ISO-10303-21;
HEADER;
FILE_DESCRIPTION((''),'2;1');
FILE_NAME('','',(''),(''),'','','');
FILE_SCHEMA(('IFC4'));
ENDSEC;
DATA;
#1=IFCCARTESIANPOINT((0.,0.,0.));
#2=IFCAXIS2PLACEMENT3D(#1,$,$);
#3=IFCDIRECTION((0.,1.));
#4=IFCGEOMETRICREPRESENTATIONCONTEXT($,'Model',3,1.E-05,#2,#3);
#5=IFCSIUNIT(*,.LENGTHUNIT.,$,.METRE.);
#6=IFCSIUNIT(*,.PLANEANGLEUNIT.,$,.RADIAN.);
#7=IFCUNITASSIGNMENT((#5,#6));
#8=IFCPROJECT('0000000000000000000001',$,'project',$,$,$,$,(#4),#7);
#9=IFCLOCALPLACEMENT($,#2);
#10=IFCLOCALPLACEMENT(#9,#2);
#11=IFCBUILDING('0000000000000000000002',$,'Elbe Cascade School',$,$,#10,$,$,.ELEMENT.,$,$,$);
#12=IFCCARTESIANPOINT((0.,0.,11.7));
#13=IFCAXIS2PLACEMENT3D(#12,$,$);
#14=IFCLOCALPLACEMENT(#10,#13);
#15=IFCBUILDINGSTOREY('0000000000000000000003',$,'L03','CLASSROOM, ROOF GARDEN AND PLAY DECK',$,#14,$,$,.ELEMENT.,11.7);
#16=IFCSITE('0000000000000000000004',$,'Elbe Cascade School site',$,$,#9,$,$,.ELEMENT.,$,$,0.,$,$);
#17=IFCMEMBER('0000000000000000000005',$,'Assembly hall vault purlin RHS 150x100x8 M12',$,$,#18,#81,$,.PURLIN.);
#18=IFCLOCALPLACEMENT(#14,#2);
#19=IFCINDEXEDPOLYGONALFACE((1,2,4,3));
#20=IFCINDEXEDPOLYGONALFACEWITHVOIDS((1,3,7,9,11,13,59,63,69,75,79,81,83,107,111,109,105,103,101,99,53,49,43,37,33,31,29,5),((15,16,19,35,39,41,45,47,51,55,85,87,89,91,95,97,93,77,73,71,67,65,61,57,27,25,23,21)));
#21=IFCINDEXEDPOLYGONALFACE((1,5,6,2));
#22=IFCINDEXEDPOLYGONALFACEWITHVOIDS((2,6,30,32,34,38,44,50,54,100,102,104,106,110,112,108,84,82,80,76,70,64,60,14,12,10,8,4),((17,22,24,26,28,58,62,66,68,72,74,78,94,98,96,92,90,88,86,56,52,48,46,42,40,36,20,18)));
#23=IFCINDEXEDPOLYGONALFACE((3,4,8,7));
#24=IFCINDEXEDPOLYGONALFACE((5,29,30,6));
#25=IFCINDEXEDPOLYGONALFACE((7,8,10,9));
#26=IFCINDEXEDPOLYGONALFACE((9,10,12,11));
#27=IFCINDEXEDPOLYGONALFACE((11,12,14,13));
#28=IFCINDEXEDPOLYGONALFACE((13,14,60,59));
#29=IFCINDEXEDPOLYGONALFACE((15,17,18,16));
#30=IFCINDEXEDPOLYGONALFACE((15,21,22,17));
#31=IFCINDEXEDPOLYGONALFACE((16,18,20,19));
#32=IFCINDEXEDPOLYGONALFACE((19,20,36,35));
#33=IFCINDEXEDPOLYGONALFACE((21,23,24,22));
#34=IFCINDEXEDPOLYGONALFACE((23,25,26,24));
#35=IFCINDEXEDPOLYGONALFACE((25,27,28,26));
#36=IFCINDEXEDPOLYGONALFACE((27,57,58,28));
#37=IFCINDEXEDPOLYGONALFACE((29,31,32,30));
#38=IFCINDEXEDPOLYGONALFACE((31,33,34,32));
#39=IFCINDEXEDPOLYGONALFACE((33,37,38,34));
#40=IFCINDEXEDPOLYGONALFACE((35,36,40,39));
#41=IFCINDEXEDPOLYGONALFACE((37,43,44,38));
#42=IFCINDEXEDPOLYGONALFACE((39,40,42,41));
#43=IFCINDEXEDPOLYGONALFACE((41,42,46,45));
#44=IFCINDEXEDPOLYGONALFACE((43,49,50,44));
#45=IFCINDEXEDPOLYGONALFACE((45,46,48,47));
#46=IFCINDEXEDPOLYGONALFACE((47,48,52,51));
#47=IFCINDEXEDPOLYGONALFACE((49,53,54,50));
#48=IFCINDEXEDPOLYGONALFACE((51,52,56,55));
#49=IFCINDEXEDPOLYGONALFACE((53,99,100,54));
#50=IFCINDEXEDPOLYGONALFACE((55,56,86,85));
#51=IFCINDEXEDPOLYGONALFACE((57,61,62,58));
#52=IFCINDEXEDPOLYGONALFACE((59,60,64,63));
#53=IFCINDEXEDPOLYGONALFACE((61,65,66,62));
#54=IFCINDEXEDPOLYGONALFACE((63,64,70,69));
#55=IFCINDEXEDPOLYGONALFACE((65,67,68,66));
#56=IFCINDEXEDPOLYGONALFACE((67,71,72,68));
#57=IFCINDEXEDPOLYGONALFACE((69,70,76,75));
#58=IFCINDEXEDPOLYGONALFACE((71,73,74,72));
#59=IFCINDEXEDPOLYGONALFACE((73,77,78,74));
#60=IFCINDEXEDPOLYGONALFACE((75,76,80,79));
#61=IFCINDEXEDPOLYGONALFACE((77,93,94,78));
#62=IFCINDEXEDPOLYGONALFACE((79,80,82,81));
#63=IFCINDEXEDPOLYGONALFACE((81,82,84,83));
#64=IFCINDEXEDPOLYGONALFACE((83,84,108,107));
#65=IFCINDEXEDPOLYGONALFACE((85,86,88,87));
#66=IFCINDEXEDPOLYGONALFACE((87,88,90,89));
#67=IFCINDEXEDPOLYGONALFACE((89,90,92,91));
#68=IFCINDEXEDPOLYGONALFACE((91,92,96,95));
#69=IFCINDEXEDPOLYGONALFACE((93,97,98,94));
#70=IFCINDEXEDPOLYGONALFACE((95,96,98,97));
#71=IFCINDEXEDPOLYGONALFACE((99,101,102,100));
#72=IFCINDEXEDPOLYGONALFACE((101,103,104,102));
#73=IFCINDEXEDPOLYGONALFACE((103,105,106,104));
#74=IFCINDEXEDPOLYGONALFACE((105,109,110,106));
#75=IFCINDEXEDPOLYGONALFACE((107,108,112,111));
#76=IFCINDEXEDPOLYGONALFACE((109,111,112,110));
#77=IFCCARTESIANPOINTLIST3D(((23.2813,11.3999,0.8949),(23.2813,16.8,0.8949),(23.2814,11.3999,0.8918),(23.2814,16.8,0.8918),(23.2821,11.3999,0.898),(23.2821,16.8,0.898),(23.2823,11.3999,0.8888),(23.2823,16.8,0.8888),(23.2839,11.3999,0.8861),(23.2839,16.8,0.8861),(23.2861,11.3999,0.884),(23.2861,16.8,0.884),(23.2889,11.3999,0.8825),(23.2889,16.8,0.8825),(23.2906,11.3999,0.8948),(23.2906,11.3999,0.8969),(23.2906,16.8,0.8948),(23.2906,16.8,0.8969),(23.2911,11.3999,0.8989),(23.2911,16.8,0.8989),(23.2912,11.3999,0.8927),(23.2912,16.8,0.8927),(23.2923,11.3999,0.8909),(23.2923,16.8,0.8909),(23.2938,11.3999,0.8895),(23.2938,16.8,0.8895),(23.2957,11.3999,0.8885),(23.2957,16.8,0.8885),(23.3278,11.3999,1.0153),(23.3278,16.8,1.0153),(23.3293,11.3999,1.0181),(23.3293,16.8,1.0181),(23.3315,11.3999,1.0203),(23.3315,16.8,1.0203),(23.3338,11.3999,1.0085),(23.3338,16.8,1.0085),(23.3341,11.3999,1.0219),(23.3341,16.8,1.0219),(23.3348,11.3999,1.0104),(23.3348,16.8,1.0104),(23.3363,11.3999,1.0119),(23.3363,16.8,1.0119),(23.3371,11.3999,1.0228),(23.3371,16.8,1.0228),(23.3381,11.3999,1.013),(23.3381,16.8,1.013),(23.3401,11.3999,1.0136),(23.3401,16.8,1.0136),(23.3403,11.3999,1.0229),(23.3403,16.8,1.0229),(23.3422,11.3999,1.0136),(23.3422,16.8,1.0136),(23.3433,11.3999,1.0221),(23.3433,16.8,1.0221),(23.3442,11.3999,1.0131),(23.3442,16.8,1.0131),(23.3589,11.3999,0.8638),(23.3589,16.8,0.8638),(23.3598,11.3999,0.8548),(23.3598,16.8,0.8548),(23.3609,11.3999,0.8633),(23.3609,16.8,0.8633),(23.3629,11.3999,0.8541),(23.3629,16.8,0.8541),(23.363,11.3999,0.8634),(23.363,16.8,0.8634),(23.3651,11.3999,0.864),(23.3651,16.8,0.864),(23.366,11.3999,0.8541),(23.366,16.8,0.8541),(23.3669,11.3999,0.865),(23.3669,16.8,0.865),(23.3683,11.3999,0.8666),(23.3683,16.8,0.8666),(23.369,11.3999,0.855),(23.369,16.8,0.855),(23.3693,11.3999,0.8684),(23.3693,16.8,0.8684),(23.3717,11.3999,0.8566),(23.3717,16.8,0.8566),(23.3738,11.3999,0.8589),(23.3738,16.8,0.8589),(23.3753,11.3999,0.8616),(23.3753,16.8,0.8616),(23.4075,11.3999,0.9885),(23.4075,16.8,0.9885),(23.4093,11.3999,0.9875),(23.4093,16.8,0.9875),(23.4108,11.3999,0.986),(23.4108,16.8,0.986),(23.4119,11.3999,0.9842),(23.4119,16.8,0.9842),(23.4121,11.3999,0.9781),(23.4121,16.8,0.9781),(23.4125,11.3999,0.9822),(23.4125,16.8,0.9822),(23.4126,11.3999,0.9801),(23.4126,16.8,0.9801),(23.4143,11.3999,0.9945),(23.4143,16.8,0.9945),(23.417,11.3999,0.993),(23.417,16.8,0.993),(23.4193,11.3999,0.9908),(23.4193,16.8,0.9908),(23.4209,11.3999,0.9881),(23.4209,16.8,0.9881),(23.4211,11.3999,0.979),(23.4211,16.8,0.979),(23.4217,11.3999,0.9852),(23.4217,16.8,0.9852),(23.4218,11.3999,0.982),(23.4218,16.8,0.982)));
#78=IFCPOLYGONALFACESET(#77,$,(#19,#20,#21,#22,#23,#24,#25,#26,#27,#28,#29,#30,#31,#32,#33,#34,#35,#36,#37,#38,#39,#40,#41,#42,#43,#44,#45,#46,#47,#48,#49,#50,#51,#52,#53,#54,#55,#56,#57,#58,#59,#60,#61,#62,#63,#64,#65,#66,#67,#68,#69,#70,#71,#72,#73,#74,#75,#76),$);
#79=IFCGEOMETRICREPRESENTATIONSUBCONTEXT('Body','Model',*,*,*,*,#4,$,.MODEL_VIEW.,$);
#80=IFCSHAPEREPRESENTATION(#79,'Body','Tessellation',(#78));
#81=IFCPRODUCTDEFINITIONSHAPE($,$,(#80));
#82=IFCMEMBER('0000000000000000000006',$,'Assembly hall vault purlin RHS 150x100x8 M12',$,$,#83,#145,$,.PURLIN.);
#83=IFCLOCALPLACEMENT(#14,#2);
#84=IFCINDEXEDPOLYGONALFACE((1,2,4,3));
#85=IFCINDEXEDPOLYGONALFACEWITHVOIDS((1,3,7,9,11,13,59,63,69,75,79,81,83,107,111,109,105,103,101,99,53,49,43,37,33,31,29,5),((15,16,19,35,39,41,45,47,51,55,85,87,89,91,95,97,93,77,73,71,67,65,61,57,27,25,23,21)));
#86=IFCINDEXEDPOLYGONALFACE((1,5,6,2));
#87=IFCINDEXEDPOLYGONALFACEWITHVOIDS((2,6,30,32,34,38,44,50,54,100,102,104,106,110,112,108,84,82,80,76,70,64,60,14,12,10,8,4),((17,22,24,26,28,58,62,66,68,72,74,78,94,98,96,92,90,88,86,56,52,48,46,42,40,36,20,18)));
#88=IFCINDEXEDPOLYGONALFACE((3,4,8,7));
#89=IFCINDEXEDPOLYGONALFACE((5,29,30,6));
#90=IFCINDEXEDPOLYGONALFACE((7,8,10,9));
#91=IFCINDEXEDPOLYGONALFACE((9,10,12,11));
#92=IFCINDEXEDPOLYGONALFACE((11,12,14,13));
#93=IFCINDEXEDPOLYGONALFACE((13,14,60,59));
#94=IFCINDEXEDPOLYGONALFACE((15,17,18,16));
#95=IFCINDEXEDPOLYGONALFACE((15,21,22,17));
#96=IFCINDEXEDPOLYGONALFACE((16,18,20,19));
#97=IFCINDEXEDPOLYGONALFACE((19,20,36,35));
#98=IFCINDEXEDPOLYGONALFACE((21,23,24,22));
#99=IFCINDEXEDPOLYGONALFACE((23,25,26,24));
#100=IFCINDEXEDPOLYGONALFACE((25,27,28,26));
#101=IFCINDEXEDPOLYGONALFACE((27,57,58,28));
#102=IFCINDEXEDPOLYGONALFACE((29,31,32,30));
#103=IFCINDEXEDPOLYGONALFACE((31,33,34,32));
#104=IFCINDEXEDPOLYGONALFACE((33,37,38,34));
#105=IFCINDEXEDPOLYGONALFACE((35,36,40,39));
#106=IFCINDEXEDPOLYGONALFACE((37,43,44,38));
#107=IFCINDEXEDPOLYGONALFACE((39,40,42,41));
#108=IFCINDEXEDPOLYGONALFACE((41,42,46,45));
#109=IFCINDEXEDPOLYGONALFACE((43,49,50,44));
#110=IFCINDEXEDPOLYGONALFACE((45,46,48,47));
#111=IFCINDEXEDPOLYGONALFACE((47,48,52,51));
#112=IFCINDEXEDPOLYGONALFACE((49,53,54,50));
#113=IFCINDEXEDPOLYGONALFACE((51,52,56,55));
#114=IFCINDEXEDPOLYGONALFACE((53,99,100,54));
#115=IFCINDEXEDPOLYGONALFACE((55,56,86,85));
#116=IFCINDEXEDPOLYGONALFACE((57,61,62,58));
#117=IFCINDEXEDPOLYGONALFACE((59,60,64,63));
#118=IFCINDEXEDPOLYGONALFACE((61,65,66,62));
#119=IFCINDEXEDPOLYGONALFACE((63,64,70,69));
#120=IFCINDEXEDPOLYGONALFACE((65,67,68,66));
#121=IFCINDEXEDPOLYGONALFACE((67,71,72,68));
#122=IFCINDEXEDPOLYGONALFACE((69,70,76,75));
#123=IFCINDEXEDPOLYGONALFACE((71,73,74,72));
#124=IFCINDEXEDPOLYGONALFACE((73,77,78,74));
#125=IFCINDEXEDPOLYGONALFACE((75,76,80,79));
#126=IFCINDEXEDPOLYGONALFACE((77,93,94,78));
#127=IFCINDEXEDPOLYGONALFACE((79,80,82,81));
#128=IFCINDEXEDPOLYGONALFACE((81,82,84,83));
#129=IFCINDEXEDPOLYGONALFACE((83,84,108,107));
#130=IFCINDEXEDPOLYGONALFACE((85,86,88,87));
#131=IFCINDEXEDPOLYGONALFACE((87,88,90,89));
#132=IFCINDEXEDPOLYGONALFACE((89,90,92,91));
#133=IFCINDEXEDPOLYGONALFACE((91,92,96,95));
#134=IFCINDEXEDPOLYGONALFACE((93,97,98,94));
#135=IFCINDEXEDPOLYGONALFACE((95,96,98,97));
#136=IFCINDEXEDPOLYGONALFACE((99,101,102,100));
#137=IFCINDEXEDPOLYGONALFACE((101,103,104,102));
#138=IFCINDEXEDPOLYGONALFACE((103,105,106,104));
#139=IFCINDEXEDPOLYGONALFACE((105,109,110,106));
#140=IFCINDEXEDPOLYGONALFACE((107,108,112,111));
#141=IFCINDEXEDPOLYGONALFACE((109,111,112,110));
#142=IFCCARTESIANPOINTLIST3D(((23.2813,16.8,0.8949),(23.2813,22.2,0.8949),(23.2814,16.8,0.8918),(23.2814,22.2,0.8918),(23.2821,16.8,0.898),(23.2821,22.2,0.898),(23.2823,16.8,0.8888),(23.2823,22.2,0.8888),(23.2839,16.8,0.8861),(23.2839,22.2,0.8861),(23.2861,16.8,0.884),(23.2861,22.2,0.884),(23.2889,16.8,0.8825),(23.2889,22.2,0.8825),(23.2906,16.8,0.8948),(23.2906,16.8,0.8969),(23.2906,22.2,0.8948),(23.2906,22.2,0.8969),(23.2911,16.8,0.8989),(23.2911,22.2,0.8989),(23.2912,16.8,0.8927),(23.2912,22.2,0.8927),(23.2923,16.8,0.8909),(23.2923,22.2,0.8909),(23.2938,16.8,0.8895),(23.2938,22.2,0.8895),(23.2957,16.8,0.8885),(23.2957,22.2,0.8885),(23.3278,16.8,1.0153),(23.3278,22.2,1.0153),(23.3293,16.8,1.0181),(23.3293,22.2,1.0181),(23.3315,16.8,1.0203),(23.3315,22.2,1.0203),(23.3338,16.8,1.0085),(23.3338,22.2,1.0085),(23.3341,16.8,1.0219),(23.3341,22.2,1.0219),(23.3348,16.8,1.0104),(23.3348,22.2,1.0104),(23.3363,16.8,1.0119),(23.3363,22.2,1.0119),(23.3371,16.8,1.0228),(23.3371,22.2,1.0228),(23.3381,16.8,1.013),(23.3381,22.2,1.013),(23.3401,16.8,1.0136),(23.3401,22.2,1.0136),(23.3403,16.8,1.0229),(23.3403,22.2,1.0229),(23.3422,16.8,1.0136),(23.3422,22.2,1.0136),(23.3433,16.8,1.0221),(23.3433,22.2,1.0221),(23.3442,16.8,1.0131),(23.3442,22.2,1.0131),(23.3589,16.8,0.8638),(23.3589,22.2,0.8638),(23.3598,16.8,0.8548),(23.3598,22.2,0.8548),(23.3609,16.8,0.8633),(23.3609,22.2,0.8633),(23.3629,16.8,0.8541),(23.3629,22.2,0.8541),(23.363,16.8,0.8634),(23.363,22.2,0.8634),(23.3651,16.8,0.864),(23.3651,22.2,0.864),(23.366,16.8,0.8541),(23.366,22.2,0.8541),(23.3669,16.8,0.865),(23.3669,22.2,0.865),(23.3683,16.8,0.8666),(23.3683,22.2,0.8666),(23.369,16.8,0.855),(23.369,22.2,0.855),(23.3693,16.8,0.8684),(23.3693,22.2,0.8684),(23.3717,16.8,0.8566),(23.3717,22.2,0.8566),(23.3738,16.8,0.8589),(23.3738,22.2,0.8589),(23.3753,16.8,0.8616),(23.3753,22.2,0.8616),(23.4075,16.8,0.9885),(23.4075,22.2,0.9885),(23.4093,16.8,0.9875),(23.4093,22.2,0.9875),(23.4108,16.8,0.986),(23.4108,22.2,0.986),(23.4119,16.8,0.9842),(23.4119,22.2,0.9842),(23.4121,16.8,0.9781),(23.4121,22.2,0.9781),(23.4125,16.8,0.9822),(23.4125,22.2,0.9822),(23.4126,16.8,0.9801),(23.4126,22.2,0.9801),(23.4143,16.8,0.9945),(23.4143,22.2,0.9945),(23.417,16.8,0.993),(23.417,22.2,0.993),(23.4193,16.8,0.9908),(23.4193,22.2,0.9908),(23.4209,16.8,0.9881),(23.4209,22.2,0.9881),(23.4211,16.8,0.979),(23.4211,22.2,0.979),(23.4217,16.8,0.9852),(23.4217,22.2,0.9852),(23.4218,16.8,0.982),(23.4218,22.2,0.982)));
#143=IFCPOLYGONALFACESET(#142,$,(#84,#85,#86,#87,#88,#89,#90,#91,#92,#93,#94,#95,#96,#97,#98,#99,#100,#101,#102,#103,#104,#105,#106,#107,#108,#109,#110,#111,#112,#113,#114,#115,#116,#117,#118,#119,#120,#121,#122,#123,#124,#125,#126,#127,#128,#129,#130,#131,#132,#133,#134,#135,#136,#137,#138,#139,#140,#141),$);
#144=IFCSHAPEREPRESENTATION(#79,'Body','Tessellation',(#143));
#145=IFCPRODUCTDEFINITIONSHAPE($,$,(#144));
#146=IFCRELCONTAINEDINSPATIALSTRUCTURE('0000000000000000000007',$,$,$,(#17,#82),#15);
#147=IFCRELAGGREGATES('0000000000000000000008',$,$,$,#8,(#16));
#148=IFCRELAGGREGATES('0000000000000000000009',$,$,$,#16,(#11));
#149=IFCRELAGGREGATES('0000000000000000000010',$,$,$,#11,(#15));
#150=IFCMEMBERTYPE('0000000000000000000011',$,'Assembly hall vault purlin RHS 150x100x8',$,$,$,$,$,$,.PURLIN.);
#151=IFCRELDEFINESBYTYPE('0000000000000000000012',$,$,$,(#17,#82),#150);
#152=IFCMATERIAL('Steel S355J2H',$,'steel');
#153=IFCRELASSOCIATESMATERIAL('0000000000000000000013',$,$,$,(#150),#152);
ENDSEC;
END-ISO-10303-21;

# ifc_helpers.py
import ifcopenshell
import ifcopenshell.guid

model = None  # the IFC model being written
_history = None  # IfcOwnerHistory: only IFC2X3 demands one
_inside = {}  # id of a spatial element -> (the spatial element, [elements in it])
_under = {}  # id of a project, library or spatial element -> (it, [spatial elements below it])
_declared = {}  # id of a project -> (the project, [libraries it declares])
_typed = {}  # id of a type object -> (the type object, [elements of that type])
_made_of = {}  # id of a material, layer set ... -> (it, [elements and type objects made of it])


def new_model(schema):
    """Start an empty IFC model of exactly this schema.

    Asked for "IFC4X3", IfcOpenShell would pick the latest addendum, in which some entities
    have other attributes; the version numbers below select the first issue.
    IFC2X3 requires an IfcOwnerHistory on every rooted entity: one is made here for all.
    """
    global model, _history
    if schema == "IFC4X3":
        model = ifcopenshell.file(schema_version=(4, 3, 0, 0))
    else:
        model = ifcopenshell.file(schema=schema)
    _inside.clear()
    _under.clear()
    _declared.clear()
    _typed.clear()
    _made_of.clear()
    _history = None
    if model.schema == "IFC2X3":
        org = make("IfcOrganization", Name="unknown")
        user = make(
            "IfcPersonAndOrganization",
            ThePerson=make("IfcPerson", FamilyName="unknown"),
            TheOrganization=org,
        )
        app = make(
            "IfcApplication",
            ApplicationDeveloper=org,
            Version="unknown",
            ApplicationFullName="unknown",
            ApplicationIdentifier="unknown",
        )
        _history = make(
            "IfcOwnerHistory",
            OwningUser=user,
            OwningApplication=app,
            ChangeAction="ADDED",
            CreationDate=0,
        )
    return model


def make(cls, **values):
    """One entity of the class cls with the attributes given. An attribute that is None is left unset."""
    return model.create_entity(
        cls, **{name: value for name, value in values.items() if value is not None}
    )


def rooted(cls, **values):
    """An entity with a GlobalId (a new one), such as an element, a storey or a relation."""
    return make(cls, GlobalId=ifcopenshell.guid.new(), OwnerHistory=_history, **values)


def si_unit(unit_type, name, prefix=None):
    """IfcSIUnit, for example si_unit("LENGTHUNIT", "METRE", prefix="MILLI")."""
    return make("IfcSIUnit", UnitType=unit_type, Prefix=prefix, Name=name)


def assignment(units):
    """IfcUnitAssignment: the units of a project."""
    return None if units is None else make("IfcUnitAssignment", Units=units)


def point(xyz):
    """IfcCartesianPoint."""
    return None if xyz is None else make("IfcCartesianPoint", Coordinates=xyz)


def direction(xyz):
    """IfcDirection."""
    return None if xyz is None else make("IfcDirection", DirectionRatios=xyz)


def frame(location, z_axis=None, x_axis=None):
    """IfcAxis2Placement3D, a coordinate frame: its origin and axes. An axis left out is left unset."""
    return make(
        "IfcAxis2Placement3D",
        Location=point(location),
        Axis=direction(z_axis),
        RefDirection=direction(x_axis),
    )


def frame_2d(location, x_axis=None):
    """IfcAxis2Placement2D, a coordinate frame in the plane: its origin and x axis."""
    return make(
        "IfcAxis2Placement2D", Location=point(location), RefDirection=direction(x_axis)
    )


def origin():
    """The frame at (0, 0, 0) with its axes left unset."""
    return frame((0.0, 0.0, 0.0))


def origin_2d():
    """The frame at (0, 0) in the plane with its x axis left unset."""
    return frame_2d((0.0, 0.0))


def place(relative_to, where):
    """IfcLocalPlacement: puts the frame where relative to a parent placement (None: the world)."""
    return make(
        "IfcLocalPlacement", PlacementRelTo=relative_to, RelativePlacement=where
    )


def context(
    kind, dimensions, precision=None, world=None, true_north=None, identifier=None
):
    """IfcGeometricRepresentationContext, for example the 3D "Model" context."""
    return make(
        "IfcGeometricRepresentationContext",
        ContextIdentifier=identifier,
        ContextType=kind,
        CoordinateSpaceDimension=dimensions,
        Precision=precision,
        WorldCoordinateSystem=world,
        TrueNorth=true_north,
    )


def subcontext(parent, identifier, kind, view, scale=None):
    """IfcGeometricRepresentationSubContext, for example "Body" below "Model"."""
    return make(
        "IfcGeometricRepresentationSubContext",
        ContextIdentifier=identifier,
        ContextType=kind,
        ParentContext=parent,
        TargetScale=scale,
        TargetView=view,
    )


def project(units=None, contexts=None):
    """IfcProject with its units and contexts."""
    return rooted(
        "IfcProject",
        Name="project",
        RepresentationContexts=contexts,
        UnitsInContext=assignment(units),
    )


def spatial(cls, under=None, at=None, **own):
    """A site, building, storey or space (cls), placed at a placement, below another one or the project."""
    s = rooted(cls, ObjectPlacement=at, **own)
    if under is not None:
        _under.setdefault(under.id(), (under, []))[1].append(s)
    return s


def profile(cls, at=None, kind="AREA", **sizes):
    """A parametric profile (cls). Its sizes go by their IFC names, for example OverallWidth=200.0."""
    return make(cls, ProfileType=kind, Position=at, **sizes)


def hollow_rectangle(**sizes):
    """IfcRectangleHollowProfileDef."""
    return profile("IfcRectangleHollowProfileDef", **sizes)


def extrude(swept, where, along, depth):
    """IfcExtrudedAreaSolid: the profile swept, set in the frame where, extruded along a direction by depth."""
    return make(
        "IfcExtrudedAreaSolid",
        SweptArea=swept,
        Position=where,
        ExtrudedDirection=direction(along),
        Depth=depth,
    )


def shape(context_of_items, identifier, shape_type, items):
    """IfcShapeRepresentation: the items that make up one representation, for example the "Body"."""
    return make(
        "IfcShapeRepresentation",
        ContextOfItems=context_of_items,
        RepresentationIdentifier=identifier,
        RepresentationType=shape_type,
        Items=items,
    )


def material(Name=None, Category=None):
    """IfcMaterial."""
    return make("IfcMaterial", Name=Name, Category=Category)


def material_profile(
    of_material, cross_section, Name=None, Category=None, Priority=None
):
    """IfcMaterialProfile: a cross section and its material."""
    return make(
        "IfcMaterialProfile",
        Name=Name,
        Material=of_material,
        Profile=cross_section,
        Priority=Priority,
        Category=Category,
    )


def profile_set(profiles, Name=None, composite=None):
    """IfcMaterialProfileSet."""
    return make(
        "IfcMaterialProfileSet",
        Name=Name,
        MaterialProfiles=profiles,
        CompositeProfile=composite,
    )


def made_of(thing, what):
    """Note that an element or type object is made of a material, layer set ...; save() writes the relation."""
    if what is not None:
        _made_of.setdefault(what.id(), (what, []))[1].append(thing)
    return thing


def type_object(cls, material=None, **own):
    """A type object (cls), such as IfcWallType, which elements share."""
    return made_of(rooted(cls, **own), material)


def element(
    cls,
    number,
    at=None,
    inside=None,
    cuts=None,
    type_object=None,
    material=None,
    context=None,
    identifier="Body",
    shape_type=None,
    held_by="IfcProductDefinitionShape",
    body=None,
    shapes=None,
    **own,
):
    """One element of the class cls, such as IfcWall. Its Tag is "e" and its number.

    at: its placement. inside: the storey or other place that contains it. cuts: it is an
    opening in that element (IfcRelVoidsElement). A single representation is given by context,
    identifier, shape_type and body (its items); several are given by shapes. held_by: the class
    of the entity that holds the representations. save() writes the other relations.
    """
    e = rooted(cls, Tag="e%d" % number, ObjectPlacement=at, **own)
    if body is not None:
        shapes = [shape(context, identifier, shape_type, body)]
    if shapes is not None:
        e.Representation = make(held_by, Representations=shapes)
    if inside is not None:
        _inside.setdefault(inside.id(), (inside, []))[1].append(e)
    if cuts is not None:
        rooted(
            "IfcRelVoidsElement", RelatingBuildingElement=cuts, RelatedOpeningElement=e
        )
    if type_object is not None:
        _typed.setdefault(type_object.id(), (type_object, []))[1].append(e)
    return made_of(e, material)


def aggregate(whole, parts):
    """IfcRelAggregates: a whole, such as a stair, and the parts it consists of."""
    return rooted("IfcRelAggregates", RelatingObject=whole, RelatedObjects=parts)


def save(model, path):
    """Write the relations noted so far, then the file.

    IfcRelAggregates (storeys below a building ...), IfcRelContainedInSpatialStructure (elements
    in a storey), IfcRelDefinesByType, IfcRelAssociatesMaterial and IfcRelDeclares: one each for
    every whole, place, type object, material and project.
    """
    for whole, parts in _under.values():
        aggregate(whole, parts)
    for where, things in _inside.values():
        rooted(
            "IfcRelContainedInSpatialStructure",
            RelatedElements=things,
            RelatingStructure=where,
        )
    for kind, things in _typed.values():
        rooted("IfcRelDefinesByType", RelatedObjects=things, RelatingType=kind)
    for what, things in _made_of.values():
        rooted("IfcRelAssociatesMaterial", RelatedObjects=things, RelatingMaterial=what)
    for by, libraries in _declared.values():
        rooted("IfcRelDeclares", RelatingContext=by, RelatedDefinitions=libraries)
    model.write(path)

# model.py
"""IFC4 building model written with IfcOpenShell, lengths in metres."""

from ifc_helpers import new_model, si_unit, direction, frame, origin, origin_2d, place, context, subcontext, project, spatial, hollow_rectangle, extrude, material, material_profile, profile_set, type_object, element, save


model = new_model("IFC4")

# Units and contexts
model_context = context("Model", 3, precision=1e-05, world=origin(), true_north=direction((0.0, 1.0)))
body_context = subcontext(model_context, "Body", "Model", "MODEL_VIEW")
ifc_project = project(units=[si_unit("LENGTHUNIT", "METRE"), si_unit("PLANEANGLEUNIT", "RADIAN")], contexts=[model_context])

# Site, building, storey
site_placement = place(None, origin())
site = spatial("IfcSite", under=ifc_project, at=site_placement, Name="Elbe Cascade School site", CompositionType="ELEMENT", RefElevation=0.0)
building_placement = place(site_placement, origin())
building = spatial("IfcBuilding", under=site, at=building_placement, Name="Elbe Cascade School", CompositionType="ELEMENT")
storey_placement = place(building_placement, frame((0.0, 0.0, 11.7)))
storey = spatial("IfcBuildingStorey", under=building, at=storey_placement, Name="L03", Description="CLASSROOM, ROOF GARDEN AND PLAY DECK", CompositionType="ELEMENT", Elevation=11.7)

# Members
ifc_material_1 = material(Name="Steel S355J2H", Category="steel")
ifc_material_profile_1 = material_profile(ifc_material_1, hollow_rectangle(XDim=0.1001, YDim=0.1499, WallThickness=0.0081, InnerFilletRadius=0.0081, OuterFilletRadius=0.012, at=origin_2d()), Name="RHS 150x100x8")
ifc_profile_set_1 = profile_set([ifc_material_profile_1], Name="Steel S355J2H")
member_type_1 = type_object("IfcMemberType", Name="Assembly hall vault purlin RHS 150x100x8", PredefinedType="PURLIN", material=ifc_profile_set_1)
member_1_placement = place(storey_placement, frame((23.3516, 11.3999, 0.9385), z_axis=(0.0, 1.0, 0.0), x_axis=(-0.93176, 0.0, 0.363076)))
element("IfcMember", 1, at=member_1_placement, inside=storey, type_object=member_type_1, Name="Assembly hall vault purlin RHS 150x100x8 M12", PredefinedType="PURLIN", context=body_context, shape_type="SweptSolid", body=[
    extrude(hollow_rectangle(XDim=0.1001, YDim=0.1499, WallThickness=0.0081, InnerFilletRadius=0.0081, OuterFilletRadius=0.012, at=origin_2d()), origin(), (0.0, 0.0, 1.0), 5.4001),
])
member_2_placement = place(storey_placement, frame((23.3516, 16.8, 0.9385), z_axis=(0.0, 1.0, 0.0), x_axis=(-0.93176, 0.0, 0.363076)))
element("IfcMember", 2, at=member_2_placement, inside=storey, type_object=member_type_1, Name="Assembly hall vault purlin RHS 150x100x8 M12", PredefinedType="PURLIN", context=body_context, shape_type="SweptSolid", body=[
    extrude(hollow_rectangle(XDim=0.1001, YDim=0.1499, WallThickness=0.0081, InnerFilletRadius=0.0081, OuterFilletRadius=0.012, at=origin_2d()), origin(), (0.0, 0.0, 1.0), 5.3999),
])

save(model, "model.ifc")
